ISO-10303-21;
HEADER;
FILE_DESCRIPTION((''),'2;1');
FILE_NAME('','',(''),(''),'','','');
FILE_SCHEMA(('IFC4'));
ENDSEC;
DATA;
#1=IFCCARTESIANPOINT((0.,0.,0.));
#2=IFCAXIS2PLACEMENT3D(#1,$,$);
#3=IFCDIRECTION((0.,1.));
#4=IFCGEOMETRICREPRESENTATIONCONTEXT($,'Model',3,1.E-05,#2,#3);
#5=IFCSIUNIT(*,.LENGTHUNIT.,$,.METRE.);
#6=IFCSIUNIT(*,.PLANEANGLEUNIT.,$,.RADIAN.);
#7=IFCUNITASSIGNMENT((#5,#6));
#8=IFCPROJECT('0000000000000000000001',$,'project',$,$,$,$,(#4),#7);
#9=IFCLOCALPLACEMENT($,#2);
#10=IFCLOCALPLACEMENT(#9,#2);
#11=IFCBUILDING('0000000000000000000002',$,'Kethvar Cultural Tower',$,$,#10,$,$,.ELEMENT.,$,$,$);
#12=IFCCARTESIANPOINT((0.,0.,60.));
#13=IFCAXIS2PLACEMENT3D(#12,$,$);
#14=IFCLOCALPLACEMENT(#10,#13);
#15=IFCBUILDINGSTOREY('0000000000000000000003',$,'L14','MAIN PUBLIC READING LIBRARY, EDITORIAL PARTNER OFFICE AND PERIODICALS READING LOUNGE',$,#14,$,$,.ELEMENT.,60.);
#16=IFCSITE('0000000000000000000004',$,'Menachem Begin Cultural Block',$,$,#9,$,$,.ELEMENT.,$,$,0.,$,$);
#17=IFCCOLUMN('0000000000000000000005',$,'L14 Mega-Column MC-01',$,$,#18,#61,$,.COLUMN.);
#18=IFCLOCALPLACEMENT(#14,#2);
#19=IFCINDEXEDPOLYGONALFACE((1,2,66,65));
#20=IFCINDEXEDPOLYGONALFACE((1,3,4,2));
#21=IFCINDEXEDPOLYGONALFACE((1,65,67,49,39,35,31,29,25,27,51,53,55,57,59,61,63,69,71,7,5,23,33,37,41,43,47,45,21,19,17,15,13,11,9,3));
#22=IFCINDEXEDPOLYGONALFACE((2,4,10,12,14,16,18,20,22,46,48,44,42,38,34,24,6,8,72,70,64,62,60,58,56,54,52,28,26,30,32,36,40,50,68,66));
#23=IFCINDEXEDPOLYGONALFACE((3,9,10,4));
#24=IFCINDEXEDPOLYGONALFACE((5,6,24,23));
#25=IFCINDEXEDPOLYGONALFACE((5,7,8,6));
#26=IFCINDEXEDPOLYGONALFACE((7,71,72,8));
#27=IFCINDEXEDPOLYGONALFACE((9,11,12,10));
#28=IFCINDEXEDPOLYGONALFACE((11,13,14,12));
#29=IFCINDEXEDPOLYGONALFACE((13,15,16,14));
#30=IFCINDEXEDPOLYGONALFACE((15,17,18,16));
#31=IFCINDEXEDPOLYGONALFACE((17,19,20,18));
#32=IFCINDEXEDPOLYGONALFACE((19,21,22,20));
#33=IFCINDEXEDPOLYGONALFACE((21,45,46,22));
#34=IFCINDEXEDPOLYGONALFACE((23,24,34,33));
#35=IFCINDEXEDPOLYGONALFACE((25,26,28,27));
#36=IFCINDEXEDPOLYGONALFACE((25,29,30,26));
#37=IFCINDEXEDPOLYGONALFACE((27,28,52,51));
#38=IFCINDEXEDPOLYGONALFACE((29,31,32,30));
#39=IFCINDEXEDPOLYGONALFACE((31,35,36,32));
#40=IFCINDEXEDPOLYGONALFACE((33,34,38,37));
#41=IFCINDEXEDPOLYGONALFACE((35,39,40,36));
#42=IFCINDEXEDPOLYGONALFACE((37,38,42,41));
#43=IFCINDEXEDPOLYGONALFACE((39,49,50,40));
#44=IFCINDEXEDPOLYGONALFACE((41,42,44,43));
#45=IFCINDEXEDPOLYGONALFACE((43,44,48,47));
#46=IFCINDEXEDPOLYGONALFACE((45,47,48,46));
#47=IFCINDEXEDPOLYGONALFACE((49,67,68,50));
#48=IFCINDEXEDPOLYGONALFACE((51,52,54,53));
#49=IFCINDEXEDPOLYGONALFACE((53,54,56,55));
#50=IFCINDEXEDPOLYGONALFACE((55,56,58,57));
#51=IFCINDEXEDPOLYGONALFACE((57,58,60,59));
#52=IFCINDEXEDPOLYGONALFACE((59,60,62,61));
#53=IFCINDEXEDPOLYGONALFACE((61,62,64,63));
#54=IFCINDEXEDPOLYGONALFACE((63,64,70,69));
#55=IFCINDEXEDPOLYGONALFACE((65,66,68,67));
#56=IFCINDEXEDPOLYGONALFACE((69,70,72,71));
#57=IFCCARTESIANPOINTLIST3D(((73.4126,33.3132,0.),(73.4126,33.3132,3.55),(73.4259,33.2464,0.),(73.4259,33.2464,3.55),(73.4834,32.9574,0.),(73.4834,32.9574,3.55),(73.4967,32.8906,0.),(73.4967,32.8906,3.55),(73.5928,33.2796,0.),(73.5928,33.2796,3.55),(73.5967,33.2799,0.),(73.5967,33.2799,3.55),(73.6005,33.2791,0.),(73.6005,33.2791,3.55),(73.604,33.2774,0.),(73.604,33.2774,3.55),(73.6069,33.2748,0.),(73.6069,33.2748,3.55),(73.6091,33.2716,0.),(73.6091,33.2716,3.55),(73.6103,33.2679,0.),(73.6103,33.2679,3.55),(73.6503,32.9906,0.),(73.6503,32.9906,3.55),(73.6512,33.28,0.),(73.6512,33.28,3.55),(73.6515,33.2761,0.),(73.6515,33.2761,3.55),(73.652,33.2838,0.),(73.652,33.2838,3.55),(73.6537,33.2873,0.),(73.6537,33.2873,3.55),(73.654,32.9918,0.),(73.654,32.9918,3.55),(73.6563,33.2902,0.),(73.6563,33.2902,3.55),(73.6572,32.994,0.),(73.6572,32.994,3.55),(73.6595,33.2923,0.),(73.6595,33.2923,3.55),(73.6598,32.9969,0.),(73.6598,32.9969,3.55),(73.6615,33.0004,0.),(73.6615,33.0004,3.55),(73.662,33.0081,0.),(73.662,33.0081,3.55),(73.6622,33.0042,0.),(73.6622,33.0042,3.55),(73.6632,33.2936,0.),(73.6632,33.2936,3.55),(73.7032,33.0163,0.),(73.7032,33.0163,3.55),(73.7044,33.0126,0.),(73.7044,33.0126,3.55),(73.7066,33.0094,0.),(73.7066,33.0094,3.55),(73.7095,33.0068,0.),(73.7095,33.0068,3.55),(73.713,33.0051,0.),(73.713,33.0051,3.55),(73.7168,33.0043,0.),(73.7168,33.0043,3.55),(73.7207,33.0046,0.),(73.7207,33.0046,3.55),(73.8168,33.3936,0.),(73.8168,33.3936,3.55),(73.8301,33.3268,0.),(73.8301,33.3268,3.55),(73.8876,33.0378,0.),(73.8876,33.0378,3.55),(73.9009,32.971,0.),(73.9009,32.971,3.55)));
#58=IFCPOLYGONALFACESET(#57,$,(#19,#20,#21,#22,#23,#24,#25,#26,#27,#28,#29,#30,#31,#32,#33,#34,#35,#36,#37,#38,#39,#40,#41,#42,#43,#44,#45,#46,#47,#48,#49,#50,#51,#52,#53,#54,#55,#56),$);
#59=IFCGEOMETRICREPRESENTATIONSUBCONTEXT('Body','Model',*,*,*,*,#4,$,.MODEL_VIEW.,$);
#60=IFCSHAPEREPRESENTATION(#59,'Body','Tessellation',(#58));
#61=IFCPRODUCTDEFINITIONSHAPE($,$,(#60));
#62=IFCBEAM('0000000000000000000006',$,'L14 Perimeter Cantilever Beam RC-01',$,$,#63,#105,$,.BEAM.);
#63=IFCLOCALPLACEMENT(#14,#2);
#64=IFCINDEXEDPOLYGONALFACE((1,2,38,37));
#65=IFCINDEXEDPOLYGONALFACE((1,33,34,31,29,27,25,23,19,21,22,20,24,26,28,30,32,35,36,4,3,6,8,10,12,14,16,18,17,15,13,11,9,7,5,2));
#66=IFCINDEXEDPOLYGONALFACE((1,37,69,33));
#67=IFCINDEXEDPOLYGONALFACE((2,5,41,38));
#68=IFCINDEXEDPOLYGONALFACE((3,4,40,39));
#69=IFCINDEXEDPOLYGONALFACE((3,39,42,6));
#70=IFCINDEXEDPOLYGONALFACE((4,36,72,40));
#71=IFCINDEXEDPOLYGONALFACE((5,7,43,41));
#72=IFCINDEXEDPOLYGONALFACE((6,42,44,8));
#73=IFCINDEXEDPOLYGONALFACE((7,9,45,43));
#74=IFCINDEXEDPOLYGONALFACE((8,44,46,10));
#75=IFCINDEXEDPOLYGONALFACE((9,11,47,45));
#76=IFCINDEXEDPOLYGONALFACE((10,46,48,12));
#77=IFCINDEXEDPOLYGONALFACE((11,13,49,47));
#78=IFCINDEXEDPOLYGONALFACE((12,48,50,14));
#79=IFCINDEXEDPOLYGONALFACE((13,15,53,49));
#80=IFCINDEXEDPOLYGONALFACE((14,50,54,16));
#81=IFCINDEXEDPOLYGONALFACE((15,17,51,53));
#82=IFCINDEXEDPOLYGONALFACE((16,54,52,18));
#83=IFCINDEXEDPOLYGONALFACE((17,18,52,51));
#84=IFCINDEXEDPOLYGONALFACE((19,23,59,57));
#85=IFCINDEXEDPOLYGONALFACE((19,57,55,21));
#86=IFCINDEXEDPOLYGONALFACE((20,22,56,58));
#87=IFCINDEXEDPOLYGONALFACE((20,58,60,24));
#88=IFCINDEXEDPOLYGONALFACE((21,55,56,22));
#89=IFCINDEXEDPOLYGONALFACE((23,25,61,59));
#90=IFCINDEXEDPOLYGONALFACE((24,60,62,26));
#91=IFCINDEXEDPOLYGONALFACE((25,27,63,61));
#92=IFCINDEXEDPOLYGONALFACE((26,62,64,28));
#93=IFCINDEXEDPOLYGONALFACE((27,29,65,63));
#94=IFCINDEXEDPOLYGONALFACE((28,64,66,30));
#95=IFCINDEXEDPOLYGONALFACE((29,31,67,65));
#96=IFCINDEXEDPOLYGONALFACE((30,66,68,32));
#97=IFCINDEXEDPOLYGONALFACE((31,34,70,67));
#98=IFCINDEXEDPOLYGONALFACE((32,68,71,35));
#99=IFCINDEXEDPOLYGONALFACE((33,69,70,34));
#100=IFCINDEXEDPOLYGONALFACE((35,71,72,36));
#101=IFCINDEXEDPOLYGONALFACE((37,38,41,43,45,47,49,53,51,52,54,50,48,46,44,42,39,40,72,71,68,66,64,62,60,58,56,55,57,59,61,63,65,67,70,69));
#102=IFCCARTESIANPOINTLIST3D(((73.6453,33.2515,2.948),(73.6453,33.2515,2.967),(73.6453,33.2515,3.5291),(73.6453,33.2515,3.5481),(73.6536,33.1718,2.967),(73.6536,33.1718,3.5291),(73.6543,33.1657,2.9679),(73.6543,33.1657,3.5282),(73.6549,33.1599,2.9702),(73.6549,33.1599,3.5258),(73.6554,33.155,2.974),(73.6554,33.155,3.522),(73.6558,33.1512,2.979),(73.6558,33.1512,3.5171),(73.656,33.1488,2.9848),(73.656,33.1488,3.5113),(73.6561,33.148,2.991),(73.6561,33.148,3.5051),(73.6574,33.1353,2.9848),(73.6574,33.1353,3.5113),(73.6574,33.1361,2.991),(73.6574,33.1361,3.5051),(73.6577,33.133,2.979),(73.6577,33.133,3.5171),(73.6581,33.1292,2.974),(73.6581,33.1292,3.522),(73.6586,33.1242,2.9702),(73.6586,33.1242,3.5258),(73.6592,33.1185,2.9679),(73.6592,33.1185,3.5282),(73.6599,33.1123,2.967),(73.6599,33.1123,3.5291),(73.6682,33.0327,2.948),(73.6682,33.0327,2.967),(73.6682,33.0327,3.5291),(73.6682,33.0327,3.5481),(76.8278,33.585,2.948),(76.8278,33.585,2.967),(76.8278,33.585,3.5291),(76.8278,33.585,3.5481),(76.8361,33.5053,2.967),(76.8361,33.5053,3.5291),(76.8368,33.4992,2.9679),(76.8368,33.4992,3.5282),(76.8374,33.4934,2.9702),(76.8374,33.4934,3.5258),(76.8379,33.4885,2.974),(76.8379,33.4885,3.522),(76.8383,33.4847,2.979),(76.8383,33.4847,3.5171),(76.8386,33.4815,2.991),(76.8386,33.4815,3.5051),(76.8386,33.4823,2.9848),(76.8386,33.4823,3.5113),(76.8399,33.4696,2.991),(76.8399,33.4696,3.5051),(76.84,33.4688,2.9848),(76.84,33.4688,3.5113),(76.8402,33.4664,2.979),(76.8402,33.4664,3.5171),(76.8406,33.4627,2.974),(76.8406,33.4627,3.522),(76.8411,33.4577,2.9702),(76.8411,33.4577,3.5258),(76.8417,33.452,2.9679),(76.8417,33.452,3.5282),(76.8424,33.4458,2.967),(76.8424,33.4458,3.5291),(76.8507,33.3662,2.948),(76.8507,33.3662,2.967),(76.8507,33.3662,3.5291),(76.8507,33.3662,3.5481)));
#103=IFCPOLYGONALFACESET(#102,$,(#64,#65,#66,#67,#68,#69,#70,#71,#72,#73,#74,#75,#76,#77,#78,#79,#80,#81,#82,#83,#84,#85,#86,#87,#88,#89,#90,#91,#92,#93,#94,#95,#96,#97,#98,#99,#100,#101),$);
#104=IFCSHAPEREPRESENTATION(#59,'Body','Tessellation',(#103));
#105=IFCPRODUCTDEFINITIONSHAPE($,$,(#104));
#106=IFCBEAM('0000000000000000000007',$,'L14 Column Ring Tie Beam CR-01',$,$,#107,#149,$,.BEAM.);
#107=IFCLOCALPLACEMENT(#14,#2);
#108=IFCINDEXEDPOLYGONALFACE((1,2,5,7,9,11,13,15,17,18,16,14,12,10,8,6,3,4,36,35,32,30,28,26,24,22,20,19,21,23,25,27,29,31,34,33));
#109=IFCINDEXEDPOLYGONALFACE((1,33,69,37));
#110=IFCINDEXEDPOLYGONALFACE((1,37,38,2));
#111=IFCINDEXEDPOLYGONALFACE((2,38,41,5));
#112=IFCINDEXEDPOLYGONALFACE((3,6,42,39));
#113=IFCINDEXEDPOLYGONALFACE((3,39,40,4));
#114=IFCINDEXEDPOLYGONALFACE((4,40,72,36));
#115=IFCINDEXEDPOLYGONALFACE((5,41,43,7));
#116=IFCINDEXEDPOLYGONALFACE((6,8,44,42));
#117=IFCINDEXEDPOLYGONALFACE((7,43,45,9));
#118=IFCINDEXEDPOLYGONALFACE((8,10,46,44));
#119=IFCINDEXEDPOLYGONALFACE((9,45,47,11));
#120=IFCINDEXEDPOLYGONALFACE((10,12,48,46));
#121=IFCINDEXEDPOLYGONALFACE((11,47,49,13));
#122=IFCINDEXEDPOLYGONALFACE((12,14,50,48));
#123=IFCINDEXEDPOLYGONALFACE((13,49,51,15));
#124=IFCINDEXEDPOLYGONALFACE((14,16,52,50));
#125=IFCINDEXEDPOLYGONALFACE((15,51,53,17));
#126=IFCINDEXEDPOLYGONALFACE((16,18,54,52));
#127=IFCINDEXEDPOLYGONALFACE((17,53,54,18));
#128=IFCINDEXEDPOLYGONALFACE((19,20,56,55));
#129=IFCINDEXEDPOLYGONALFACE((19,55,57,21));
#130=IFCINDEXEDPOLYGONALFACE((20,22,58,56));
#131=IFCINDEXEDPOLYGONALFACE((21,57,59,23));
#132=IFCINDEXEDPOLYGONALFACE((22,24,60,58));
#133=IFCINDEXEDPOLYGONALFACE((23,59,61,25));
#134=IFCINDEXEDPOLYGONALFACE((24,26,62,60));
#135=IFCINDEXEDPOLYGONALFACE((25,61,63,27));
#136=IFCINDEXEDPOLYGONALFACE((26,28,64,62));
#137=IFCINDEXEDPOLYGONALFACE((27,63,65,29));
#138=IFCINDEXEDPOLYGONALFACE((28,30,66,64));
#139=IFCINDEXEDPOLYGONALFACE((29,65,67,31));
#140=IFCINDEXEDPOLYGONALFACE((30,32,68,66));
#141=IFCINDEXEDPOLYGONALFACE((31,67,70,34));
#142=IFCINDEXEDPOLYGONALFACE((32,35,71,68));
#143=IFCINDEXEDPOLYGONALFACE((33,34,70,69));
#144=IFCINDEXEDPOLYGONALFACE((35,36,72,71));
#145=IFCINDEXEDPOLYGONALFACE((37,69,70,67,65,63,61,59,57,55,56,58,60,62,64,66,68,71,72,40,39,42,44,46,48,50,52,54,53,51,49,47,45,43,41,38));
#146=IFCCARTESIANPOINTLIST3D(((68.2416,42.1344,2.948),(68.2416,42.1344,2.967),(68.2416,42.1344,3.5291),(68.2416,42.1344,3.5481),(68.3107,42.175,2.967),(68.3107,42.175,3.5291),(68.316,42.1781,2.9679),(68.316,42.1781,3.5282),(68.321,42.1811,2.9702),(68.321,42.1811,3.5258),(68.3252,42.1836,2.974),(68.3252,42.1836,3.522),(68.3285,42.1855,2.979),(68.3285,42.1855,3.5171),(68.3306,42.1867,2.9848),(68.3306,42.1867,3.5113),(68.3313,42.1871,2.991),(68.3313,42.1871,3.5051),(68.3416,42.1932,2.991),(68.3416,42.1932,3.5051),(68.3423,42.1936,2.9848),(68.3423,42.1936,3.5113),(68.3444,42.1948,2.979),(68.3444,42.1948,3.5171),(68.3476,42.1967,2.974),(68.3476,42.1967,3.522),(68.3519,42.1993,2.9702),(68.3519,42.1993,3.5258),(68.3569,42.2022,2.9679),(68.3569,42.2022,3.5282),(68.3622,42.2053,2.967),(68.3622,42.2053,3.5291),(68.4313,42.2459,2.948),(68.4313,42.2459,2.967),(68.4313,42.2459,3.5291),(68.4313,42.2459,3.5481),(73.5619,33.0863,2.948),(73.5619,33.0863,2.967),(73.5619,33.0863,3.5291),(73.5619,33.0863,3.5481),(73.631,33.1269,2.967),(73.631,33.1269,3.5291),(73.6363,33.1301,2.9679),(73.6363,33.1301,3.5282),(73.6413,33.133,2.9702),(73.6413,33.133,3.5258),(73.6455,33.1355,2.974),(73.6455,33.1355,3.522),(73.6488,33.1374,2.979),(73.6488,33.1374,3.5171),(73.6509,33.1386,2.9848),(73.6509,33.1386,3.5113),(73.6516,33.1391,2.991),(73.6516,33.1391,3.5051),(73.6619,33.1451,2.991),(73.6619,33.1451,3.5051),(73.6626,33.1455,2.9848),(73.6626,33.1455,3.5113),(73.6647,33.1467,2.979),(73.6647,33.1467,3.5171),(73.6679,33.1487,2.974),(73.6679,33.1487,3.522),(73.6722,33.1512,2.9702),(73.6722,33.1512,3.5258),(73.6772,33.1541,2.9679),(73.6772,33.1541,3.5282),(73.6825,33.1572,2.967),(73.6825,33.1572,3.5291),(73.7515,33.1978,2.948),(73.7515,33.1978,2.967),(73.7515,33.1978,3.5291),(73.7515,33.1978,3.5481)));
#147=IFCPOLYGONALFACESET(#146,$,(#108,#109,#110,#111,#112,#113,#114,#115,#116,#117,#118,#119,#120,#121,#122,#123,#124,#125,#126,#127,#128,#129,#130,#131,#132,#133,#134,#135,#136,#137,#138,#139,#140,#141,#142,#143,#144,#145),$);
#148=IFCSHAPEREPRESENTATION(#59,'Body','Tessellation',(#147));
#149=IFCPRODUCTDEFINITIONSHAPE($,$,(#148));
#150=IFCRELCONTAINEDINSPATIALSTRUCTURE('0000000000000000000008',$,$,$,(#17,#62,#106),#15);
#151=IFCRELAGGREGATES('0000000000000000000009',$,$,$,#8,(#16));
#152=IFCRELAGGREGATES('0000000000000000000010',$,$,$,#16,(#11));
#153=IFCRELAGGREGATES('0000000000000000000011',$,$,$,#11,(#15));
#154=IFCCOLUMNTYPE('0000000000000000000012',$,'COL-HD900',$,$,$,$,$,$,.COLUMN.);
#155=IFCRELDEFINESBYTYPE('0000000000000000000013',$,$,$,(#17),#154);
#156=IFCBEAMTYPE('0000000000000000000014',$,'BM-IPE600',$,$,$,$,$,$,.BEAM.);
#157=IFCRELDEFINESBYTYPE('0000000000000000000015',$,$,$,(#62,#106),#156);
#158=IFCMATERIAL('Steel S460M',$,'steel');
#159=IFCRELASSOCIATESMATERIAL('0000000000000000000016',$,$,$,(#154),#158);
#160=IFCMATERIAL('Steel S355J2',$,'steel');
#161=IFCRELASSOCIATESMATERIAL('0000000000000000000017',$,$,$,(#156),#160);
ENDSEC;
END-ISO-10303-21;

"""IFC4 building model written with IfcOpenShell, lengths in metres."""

from ifc_helpers import new_model, si_unit, direction, frame, origin, origin_2d, place, context, subcontext, project, spatial, i_section, extrude, source, transform, mapped, material, material_profile, profile_set, type_object, element, save


model = new_model("IFC4")

# Units and contexts
model_context = context("Model", 3, precision=1e-05, world=origin(), true_north=direction((0.0, 1.0)))
body_context = subcontext(model_context, "Body", "Model", "MODEL_VIEW")
ifc_project = project(units=[si_unit("LENGTHUNIT", "METRE"), si_unit("PLANEANGLEUNIT", "RADIAN")], contexts=[model_context])

# Site, building, storey
site_placement = place(None, origin())
site = spatial("IfcSite", under=ifc_project, at=site_placement, Name="Menachem Begin Cultural Block", CompositionType="ELEMENT", RefElevation=0.0)
building_placement = place(site_placement, origin())
building = spatial("IfcBuilding", under=site, at=building_placement, Name="Kethvar Cultural Tower", CompositionType="ELEMENT")
storey_placement = place(building_placement, frame((0.0, 0.0, 60.0)))
storey = spatial("IfcBuildingStorey", under=building, at=storey_placement, Name="L14", Description="MAIN PUBLIC READING LIBRARY, EDITORIAL PARTNER OFFICE AND PERIODICALS READING LOUNGE", CompositionType="ELEMENT", Elevation=60.0)

# Column
ifc_material_1 = material(Name="Steel S460M", Category="steel")
ifc_material_profile_1 = material_profile(ifc_material_1, i_section(OverallWidth=0.4121, OverallDepth=0.4309, WebThickness=0.042, FlangeThickness=0.0681, FilletRadius=0.0149, at=origin_2d()), Name="Steel S460M — HD400x900")
ifc_profile_set_1 = profile_set([ifc_material_profile_1], Name="Steel S460M — HD400x900")
column_type = type_object("IfcColumnType", Name="COL-HD900", PredefinedType="COLUMN", material=ifc_profile_set_1)
shared_shape_1 = source(origin(), body_context, "Body", "SweptSolid", [
    extrude(i_section(OverallWidth=0.4121, OverallDepth=0.4309, WebThickness=0.042, FlangeThickness=0.0681, FilletRadius=0.0149, at=origin_2d()), origin(), (0.0, 0.0, 1.0), 3.55),
])
column_placement = place(storey_placement, frame((73.6567, 33.1421, 0.0), z_axis=(0.0, 0.0, 1.0), x_axis=(0.980785, 0.19509, 0.0)))
element("IfcColumn", 1, at=column_placement, inside=storey, type_object=column_type, Name="L14 Mega-Column MC-01", PredefinedType="COLUMN", context=body_context, shape_type="MappedRepresentation", body=[
    mapped(shared_shape_1, transform((0.0, 0.0, 0.0), scale=1.0)),
])

# Beams
ifc_material_2 = material(Name="Steel S355J2", Category="steel")
ifc_material_profile_2 = material_profile(ifc_material_2, i_section(OverallWidth=0.22, OverallDepth=0.6001, WebThickness=0.012, FlangeThickness=0.019, FilletRadius=0.0239, at=origin_2d()), Name="Steel S355J2 — IPE600")
ifc_profile_set_2 = profile_set([ifc_material_profile_2], Name="Steel S355J2 — IPE600")
beam_type_1 = type_object("IfcBeamType", Name="BM-IPE600", PredefinedType="BEAM", material=ifc_profile_set_2)
shared_shape_2 = source(origin(), body_context, "Body", "SweptSolid", [
    extrude(i_section(OverallWidth=0.22, OverallDepth=0.6001, WebThickness=0.012, FlangeThickness=0.019, FilletRadius=0.0239, at=origin_2d()), origin(), (0.0, 0.0, 1.0), 3.2),
])
beam_1_placement = place(storey_placement, frame((73.6567, 33.1421, 3.248), z_axis=(0.994555, 0.104216, 0.0), x_axis=(-0.104216, 0.994555, 0.0)))
element("IfcBeam", 2, at=beam_1_placement, inside=storey, type_object=beam_type_1, Name="L14 Perimeter Cantilever Beam RC-01", PredefinedType="BEAM", context=body_context, shape_type="MappedRepresentation", body=[
    mapped(shared_shape_2, transform((0.0, 0.0, 0.0), scale=1.0)),
])
shared_shape_3 = source(origin(), body_context, "Body", "SweptSolid", [
    extrude(i_section(OverallWidth=0.22, OverallDepth=0.6001, WebThickness=0.012, FlangeThickness=0.019, FilletRadius=0.0239, at=origin_2d()), origin(), (0.0, 0.0, 1.0), 10.4963),
])
beam_2_placement = place(storey_placement, frame((73.6567, 33.1421, 3.248), z_axis=(-0.506872, 0.862022, 0.0), x_axis=(-0.862022, -0.506872, 0.0)))
element("IfcBeam", 3, at=beam_2_placement, inside=storey, type_object=beam_type_1, Name="L14 Column Ring Tie Beam CR-01", PredefinedType="BEAM", context=body_context, shape_type="MappedRepresentation", body=[
    mapped(shared_shape_3, transform((0.0, 0.0, 0.0), scale=1.0)),
])

save(model, "model.ifc")
